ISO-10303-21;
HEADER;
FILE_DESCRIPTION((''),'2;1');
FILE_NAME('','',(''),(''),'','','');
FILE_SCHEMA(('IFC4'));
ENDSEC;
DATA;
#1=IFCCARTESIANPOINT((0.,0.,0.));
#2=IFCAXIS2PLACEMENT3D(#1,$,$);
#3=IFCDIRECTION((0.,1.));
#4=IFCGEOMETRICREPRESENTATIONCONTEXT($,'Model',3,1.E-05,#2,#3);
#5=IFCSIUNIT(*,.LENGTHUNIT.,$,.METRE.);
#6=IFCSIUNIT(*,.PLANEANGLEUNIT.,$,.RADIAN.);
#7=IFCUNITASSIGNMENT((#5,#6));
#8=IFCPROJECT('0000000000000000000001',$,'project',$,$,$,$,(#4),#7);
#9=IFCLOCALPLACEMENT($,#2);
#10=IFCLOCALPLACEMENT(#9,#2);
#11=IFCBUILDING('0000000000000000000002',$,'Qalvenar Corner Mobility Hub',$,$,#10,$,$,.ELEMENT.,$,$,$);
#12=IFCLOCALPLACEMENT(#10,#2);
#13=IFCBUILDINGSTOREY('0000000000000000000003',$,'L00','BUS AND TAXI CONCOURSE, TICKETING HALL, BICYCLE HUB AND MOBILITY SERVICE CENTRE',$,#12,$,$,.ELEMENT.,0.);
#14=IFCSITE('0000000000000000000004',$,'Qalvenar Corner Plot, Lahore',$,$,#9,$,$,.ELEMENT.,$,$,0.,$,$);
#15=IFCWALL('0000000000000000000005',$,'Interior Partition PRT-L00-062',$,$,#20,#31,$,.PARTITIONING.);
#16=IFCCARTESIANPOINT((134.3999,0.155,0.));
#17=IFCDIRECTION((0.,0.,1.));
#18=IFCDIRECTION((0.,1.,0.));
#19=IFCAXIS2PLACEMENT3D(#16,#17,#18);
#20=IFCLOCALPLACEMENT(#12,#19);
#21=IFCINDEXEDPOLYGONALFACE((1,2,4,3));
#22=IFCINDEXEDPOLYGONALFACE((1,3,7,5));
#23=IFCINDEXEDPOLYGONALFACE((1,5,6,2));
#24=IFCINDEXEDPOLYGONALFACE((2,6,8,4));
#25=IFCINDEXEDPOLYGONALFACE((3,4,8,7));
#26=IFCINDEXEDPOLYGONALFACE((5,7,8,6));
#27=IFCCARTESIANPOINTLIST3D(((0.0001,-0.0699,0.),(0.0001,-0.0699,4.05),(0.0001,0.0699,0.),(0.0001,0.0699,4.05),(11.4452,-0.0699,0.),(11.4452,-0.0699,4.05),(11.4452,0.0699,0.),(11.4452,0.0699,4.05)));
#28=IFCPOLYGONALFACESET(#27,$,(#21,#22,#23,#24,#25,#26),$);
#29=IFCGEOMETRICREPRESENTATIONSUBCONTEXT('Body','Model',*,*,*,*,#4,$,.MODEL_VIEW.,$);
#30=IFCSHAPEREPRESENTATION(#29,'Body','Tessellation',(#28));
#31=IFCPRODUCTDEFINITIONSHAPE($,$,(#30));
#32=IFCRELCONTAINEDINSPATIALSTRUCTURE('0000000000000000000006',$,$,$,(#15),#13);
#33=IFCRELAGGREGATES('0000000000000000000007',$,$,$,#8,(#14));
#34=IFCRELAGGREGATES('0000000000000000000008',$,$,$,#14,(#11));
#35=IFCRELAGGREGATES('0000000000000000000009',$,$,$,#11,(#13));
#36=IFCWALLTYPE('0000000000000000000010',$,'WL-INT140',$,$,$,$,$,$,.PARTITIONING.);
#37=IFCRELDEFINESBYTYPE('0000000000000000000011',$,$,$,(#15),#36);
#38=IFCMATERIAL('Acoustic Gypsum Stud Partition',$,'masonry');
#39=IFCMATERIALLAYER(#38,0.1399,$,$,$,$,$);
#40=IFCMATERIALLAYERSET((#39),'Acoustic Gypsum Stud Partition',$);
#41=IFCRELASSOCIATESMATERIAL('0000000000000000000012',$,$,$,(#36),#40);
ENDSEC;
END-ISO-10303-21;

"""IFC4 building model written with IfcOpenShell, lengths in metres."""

from ifc_helpers import new_model, si_unit, direction, frame, frame_2d, origin, place, context, subcontext, project, spatial, rectangle, extrude, material, layer, layer_set, type_object, element, save


model = new_model("IFC4")

# Units and contexts
model_context = context("Model", 3, precision=1e-05, world=origin(), true_north=direction((0.0, 1.0)))
body_context = subcontext(model_context, "Body", "Model", "MODEL_VIEW")
ifc_project = project(units=[si_unit("LENGTHUNIT", "METRE"), si_unit("PLANEANGLEUNIT", "RADIAN")], contexts=[model_context])

# Site, building, storey
site_placement = place(None, origin())
site = spatial("IfcSite", under=ifc_project, at=site_placement, Name="Qalvenar Corner Plot, Lahore", CompositionType="ELEMENT", RefElevation=0.0)
building_placement = place(site_placement, origin())
building = spatial("IfcBuilding", under=site, at=building_placement, Name="Qalvenar Corner Mobility Hub", CompositionType="ELEMENT")
storey_placement = place(building_placement, origin())
storey = spatial("IfcBuildingStorey", under=building, at=storey_placement, Name="L00", Description="BUS AND TAXI CONCOURSE, TICKETING HALL, BICYCLE HUB AND MOBILITY SERVICE CENTRE", CompositionType="ELEMENT", Elevation=0.0)

# Wall
ifc_material_1 = material(Name="Acoustic Gypsum Stud Partition", Category="masonry")
ifc_layer_1 = layer(ifc_material_1, 0.1399)
ifc_layer_set_1 = layer_set([ifc_layer_1], Name="Acoustic Gypsum Stud Partition")
wall_type_1 = type_object("IfcWallType", Name="WL-INT140", PredefinedType="PARTITIONING", material=ifc_layer_set_1)
wall_1_placement = place(storey_placement, frame((134.3999, 0.155, 0.0), z_axis=(0.0, 0.0, 1.0), x_axis=(0.0, 1.0, 0.0)))
element("IfcWall", 1, at=wall_1_placement, inside=storey, type_object=wall_type_1, Name="Interior Partition PRT-L00-062", PredefinedType="PARTITIONING", context=body_context, shape_type="SweptSolid", body=[
    extrude(rectangle(XDim=11.4451, YDim=0.1399, at=frame_2d((5.7227, 0.0))), origin(), (0.0, 0.0, 1.0), 4.05),
])

save(model, "model.ifc")
